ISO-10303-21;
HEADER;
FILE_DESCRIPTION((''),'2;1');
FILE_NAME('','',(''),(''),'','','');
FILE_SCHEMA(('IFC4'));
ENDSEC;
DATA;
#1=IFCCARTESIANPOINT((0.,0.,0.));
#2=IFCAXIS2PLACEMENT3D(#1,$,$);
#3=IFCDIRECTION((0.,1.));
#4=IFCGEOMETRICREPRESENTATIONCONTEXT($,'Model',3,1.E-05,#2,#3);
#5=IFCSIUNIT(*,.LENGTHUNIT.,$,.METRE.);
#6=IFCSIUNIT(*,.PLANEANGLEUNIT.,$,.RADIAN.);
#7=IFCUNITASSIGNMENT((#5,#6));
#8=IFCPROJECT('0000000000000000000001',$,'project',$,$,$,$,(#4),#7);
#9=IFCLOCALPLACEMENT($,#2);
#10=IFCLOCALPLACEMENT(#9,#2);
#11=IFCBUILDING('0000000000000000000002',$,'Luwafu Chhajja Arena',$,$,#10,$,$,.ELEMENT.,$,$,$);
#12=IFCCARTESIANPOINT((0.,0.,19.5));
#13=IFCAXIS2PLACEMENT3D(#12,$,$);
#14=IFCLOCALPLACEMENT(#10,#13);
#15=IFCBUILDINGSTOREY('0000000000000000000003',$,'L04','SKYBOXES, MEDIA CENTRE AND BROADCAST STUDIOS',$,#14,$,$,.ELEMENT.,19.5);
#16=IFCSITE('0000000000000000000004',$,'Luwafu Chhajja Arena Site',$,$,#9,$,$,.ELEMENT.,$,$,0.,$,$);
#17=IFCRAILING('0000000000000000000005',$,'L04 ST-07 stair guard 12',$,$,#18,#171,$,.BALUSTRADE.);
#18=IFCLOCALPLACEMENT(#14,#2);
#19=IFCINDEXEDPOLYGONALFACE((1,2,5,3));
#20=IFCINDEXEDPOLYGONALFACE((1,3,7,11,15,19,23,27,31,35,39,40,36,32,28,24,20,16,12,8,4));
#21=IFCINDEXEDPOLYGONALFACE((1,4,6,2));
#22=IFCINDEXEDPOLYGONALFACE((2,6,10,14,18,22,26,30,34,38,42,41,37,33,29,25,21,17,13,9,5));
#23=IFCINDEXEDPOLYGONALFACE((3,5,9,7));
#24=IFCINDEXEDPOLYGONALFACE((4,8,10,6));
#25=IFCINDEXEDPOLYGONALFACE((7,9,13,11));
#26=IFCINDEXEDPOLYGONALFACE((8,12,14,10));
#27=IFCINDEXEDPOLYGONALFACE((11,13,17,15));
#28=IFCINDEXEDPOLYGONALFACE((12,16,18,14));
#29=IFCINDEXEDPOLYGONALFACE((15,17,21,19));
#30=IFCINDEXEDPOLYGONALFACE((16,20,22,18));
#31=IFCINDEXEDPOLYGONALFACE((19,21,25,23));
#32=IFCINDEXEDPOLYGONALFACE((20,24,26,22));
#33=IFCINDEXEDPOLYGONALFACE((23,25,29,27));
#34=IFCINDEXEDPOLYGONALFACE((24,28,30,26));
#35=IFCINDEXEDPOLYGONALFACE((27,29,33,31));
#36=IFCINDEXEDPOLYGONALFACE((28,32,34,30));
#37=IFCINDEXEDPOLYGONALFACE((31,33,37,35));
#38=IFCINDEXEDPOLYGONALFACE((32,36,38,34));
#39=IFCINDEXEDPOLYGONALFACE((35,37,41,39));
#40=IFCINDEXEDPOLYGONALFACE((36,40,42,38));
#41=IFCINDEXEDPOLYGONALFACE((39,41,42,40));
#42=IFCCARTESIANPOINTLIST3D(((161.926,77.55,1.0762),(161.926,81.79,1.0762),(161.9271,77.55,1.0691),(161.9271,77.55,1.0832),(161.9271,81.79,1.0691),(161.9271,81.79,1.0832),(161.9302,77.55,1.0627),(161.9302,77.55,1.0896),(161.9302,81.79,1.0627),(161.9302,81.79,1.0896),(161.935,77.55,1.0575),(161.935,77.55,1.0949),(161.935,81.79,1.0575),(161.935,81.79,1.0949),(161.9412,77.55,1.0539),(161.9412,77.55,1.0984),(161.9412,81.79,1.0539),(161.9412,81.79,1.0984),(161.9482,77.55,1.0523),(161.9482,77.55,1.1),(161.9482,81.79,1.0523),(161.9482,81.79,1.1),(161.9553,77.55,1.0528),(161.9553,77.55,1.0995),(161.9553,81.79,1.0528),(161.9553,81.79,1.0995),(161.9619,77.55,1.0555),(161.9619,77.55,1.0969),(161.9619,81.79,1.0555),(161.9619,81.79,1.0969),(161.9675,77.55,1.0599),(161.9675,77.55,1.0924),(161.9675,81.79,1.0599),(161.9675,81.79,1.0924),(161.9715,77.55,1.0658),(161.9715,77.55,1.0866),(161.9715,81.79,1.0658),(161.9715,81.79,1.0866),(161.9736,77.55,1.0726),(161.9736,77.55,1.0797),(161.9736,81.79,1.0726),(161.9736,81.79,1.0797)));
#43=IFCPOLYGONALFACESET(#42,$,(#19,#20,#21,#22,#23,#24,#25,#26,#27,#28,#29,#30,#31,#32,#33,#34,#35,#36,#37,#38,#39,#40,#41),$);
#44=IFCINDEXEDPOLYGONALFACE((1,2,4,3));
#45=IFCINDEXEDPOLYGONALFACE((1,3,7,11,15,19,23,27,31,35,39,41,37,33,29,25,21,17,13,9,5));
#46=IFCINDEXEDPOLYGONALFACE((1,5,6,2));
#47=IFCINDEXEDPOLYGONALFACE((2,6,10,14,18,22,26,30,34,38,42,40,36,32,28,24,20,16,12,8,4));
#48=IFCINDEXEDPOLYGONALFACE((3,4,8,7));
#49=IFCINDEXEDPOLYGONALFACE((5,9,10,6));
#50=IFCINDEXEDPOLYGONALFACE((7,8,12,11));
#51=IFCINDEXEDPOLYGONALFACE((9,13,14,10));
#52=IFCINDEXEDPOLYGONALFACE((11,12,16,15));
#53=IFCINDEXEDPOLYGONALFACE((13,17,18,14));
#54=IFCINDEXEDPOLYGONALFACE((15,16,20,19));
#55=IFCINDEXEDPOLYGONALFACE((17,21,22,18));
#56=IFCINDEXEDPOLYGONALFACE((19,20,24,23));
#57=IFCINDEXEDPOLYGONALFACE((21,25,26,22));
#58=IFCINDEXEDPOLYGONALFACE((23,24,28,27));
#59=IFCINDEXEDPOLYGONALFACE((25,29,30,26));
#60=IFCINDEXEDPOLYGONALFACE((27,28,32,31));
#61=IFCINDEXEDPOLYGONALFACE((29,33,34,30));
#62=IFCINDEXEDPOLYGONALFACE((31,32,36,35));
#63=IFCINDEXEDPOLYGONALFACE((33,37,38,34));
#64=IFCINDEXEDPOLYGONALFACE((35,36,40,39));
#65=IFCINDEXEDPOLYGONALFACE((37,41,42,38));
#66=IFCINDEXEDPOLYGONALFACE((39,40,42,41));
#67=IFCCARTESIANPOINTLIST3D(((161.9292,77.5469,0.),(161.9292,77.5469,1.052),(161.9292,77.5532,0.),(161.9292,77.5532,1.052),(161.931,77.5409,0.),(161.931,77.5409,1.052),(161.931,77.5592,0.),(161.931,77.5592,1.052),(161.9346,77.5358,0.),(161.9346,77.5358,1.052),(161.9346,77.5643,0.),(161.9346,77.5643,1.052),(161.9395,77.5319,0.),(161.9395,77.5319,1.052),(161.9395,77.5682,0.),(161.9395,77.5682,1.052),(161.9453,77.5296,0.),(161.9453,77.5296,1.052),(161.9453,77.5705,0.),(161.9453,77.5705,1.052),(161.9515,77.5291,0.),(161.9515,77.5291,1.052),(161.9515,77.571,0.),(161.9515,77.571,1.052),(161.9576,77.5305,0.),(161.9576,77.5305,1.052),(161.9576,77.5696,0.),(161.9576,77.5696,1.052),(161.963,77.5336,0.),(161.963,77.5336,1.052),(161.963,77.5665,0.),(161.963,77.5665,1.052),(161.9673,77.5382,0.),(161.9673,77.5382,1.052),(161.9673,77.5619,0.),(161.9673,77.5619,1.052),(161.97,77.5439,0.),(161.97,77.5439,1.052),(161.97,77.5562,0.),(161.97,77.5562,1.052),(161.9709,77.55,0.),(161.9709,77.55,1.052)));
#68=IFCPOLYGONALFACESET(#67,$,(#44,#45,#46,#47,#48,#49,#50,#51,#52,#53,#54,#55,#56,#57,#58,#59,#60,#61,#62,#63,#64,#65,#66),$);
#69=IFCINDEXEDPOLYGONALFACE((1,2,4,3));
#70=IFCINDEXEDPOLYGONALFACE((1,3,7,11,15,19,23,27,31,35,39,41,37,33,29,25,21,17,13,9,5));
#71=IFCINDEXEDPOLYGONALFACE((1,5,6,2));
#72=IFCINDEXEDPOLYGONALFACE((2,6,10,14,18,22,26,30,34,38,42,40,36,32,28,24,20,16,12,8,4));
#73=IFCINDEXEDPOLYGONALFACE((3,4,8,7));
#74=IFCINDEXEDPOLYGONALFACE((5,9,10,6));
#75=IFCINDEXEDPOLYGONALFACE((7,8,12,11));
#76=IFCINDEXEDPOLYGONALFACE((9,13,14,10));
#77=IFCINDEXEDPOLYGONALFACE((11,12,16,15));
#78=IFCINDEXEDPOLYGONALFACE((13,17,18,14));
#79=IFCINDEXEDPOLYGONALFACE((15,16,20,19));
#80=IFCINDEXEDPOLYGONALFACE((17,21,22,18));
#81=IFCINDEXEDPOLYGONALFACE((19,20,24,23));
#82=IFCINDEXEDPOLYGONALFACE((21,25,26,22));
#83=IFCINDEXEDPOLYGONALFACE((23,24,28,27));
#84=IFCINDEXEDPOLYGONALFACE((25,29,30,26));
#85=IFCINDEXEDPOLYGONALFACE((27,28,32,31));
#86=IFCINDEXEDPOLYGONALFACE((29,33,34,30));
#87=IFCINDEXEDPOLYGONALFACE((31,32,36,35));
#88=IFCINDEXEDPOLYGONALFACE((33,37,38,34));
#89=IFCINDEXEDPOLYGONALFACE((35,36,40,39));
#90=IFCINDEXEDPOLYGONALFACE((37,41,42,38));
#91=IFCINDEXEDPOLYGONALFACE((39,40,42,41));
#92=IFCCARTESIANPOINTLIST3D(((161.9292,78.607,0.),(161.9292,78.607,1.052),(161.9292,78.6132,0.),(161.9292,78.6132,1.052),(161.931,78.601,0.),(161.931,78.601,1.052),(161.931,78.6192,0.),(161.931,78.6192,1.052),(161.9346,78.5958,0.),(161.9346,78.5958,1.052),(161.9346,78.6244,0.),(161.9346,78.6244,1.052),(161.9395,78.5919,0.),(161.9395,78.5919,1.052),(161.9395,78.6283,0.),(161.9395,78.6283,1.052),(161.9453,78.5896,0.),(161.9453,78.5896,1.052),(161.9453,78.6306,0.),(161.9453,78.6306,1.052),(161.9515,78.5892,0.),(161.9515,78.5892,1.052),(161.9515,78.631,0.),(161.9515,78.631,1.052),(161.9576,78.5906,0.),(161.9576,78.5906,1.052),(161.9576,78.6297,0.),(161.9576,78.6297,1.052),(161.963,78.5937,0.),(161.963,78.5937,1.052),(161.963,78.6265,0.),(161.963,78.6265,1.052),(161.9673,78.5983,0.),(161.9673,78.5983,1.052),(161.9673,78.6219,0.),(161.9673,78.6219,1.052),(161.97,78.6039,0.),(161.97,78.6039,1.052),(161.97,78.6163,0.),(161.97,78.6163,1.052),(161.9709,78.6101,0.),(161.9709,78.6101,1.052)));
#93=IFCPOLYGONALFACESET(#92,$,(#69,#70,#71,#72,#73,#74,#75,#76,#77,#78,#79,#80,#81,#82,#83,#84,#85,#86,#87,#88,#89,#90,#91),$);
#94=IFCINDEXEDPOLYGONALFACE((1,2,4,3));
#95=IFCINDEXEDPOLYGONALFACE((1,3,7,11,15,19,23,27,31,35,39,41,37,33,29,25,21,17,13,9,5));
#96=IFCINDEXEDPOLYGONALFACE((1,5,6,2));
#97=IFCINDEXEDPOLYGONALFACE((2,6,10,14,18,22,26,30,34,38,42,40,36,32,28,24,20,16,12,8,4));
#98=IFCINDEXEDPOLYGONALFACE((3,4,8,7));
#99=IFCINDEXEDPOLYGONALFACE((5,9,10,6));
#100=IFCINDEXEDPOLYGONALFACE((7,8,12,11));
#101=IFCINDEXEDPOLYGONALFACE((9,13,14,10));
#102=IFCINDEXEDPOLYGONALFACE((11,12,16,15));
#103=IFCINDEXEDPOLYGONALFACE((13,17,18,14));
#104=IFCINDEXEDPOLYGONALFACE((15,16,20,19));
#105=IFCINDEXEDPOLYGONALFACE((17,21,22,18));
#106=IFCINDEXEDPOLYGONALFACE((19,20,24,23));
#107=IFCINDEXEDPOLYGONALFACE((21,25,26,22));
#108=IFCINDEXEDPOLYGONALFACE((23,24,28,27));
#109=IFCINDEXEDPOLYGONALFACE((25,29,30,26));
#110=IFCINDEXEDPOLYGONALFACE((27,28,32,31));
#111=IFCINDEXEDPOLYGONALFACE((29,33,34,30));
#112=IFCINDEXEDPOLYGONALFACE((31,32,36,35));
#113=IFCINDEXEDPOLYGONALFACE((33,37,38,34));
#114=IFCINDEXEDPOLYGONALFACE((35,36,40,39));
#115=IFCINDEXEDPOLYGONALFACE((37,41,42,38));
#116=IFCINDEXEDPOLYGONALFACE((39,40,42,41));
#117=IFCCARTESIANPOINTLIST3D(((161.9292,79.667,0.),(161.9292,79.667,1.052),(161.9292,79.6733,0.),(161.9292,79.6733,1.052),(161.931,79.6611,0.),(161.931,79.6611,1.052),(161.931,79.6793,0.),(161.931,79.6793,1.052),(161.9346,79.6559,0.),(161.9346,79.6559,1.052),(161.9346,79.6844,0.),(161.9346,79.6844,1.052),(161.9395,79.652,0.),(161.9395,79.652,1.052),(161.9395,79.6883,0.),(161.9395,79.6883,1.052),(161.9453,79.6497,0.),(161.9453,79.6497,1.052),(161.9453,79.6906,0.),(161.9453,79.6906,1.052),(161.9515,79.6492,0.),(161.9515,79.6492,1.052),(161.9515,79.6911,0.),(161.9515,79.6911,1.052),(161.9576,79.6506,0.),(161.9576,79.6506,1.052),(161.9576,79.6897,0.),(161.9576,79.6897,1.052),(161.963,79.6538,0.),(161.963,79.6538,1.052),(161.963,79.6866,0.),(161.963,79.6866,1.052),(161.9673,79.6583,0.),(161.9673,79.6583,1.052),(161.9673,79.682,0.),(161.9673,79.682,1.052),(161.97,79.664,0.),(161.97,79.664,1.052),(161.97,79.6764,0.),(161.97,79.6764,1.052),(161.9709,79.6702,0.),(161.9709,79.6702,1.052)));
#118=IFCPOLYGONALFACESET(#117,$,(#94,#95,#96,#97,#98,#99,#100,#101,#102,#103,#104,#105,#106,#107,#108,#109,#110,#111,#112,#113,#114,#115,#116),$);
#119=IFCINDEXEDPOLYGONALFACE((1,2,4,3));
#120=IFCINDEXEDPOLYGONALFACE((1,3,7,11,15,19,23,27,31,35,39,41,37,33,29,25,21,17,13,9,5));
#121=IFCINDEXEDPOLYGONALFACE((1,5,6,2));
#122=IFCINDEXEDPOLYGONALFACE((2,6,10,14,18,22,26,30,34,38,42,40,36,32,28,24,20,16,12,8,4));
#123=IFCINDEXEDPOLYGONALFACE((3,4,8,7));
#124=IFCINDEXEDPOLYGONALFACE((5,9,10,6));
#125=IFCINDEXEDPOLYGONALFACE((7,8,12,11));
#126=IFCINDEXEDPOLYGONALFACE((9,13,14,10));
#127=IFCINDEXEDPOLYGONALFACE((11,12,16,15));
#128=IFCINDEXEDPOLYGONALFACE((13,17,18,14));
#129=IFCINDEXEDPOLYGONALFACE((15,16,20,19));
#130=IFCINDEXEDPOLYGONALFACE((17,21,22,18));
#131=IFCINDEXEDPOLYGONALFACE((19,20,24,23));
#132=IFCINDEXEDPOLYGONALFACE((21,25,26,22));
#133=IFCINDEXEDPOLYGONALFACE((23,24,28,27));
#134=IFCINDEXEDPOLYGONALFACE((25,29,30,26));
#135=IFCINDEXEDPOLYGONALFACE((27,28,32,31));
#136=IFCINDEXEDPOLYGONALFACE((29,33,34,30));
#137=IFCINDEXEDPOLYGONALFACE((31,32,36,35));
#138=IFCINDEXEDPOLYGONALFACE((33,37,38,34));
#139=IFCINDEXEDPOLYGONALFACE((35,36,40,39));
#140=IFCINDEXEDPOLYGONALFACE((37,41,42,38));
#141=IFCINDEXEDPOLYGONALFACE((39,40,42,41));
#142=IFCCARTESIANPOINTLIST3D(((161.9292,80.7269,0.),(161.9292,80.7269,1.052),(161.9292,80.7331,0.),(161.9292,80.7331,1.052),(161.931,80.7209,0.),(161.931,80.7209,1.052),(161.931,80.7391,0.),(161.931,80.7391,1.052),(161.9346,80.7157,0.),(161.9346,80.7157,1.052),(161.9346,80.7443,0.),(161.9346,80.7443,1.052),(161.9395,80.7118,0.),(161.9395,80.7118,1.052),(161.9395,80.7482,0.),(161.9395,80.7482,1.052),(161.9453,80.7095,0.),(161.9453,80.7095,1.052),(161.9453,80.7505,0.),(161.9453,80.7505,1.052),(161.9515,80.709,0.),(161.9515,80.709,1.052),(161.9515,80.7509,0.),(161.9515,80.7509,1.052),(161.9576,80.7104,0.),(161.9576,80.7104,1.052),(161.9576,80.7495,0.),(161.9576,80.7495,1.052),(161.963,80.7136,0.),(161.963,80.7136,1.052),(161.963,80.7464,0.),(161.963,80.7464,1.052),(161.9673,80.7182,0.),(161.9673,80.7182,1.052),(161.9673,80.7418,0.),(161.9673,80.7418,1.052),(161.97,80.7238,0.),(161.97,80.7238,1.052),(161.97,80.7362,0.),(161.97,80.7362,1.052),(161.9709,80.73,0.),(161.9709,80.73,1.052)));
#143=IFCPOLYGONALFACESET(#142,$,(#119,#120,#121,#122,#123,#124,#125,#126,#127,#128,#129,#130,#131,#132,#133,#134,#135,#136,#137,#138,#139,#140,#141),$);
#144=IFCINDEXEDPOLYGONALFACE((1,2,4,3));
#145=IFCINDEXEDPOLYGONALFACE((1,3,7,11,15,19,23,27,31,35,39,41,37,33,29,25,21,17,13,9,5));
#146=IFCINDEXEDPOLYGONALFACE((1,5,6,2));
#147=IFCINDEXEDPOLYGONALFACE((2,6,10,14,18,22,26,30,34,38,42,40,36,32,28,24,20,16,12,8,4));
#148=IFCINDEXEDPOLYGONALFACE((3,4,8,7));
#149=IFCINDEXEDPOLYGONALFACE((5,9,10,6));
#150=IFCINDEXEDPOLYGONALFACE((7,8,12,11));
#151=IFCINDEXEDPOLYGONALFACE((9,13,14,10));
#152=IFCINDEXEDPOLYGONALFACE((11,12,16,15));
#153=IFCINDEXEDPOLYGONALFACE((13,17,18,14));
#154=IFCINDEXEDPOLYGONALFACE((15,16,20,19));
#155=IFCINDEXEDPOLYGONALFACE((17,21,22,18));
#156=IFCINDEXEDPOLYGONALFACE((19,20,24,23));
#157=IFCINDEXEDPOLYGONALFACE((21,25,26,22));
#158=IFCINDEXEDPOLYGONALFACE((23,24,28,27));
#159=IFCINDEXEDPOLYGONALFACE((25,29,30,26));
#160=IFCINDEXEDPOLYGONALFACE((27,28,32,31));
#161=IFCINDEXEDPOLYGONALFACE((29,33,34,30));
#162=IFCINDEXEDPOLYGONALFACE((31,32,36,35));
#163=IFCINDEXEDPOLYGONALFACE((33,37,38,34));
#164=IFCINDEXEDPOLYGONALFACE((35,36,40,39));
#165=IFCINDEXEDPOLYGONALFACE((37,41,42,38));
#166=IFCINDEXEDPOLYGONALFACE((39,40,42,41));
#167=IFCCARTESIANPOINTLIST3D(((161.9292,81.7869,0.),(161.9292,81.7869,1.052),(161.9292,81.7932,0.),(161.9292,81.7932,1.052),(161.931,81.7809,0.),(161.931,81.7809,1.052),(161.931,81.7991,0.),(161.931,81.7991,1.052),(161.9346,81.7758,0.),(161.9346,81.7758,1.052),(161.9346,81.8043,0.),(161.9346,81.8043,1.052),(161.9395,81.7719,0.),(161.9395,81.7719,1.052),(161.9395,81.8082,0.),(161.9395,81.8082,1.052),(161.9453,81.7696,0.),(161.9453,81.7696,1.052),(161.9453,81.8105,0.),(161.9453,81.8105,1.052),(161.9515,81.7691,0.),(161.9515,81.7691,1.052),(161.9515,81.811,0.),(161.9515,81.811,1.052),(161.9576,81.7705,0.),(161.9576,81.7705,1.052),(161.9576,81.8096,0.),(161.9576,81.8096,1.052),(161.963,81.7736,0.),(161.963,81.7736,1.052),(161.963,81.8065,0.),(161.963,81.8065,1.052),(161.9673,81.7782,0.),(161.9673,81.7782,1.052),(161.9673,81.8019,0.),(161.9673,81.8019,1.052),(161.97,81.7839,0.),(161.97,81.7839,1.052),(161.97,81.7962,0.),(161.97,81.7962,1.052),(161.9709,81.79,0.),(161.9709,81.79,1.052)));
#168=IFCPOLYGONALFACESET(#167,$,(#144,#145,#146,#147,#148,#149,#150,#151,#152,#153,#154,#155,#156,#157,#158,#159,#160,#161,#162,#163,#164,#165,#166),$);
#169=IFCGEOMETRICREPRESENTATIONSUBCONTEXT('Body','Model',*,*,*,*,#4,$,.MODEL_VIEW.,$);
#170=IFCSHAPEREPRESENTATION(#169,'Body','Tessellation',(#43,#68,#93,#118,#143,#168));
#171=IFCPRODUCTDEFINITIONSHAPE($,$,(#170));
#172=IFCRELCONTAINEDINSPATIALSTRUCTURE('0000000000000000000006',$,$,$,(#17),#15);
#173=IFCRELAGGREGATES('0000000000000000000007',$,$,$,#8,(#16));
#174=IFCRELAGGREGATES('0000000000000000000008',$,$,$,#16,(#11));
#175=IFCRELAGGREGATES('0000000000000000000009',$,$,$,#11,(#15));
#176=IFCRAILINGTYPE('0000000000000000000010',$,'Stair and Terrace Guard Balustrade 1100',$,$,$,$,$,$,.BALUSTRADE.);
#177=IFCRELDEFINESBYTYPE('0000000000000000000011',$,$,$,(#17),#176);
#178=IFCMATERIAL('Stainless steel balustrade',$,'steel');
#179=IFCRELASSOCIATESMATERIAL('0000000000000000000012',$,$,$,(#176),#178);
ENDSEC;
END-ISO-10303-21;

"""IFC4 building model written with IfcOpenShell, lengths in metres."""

from ifc_helpers import new_model, si_unit, direction, frame, origin, origin_2d, place, context, subcontext, project, spatial, circle, extrude, material, type_object, element, save


model = new_model("IFC4")

# Units and contexts
model_context = context("Model", 3, precision=1e-05, world=origin(), true_north=direction((0.0, 1.0)))
body_context = subcontext(model_context, "Body", "Model", "MODEL_VIEW")
ifc_project = project(units=[si_unit("LENGTHUNIT", "METRE"), si_unit("PLANEANGLEUNIT", "RADIAN")], contexts=[model_context])

# Site, building, storey
site_placement = place(None, origin())
site = spatial("IfcSite", under=ifc_project, at=site_placement, Name="Luwafu Chhajja Arena Site", CompositionType="ELEMENT", RefElevation=0.0)
building_placement = place(site_placement, origin())
building = spatial("IfcBuilding", under=site, at=building_placement, Name="Luwafu Chhajja Arena", CompositionType="ELEMENT")
storey_placement = place(building_placement, frame((0.0, 0.0, 19.5)))
storey = spatial("IfcBuildingStorey", under=building, at=storey_placement, Name="L04", Description="SKYBOXES, MEDIA CENTRE AND BROADCAST STUDIOS", CompositionType="ELEMENT", Elevation=19.5)

# Railing
ifc_material_1 = material(Name="Stainless steel balustrade", Category="steel")
railing_type_1 = type_object("IfcRailingType", Name="Stair and Terrace Guard Balustrade 1100", PredefinedType="BALUSTRADE", material=ifc_material_1)
railing_1_placement = place(storey_placement, frame((161.95, 77.55, 0.0)))
element("IfcRailing", 1, at=railing_1_placement, inside=storey, type_object=railing_type_1, Name="L04 ST-07 stair guard 12", PredefinedType="BALUSTRADE", context=body_context, shape_type="SweptSolid", body=[
    extrude(circle(Radius=0.0239, at=origin_2d()), frame((0.0, 0.0, 1.0762), z_axis=(0.0, 1.0, 0.0), x_axis=(-1.0, 0.0, 0.0)), (0.0, 0.0, 1.0), 4.24),
    extrude(circle(Radius=0.021, at=origin_2d()), origin(), (0.0, 0.0, 1.0), 1.052),
    extrude(circle(Radius=0.021, at=origin_2d()), frame((0.0, 1.0601, 0.0)), (0.0, 0.0, 1.0), 1.052),
    extrude(circle(Radius=0.021, at=origin_2d()), frame((0.0, 2.1201, 0.0)), (0.0, 0.0, 1.0), 1.052),
    extrude(circle(Radius=0.021, at=origin_2d()), frame((0.0, 3.1799, 0.0)), (0.0, 0.0, 1.0), 1.052),
    extrude(circle(Radius=0.021, at=origin_2d()), frame((0.0, 4.24, 0.0)), (0.0, 0.0, 1.0), 1.052),
])

save(model, "model.ifc")
